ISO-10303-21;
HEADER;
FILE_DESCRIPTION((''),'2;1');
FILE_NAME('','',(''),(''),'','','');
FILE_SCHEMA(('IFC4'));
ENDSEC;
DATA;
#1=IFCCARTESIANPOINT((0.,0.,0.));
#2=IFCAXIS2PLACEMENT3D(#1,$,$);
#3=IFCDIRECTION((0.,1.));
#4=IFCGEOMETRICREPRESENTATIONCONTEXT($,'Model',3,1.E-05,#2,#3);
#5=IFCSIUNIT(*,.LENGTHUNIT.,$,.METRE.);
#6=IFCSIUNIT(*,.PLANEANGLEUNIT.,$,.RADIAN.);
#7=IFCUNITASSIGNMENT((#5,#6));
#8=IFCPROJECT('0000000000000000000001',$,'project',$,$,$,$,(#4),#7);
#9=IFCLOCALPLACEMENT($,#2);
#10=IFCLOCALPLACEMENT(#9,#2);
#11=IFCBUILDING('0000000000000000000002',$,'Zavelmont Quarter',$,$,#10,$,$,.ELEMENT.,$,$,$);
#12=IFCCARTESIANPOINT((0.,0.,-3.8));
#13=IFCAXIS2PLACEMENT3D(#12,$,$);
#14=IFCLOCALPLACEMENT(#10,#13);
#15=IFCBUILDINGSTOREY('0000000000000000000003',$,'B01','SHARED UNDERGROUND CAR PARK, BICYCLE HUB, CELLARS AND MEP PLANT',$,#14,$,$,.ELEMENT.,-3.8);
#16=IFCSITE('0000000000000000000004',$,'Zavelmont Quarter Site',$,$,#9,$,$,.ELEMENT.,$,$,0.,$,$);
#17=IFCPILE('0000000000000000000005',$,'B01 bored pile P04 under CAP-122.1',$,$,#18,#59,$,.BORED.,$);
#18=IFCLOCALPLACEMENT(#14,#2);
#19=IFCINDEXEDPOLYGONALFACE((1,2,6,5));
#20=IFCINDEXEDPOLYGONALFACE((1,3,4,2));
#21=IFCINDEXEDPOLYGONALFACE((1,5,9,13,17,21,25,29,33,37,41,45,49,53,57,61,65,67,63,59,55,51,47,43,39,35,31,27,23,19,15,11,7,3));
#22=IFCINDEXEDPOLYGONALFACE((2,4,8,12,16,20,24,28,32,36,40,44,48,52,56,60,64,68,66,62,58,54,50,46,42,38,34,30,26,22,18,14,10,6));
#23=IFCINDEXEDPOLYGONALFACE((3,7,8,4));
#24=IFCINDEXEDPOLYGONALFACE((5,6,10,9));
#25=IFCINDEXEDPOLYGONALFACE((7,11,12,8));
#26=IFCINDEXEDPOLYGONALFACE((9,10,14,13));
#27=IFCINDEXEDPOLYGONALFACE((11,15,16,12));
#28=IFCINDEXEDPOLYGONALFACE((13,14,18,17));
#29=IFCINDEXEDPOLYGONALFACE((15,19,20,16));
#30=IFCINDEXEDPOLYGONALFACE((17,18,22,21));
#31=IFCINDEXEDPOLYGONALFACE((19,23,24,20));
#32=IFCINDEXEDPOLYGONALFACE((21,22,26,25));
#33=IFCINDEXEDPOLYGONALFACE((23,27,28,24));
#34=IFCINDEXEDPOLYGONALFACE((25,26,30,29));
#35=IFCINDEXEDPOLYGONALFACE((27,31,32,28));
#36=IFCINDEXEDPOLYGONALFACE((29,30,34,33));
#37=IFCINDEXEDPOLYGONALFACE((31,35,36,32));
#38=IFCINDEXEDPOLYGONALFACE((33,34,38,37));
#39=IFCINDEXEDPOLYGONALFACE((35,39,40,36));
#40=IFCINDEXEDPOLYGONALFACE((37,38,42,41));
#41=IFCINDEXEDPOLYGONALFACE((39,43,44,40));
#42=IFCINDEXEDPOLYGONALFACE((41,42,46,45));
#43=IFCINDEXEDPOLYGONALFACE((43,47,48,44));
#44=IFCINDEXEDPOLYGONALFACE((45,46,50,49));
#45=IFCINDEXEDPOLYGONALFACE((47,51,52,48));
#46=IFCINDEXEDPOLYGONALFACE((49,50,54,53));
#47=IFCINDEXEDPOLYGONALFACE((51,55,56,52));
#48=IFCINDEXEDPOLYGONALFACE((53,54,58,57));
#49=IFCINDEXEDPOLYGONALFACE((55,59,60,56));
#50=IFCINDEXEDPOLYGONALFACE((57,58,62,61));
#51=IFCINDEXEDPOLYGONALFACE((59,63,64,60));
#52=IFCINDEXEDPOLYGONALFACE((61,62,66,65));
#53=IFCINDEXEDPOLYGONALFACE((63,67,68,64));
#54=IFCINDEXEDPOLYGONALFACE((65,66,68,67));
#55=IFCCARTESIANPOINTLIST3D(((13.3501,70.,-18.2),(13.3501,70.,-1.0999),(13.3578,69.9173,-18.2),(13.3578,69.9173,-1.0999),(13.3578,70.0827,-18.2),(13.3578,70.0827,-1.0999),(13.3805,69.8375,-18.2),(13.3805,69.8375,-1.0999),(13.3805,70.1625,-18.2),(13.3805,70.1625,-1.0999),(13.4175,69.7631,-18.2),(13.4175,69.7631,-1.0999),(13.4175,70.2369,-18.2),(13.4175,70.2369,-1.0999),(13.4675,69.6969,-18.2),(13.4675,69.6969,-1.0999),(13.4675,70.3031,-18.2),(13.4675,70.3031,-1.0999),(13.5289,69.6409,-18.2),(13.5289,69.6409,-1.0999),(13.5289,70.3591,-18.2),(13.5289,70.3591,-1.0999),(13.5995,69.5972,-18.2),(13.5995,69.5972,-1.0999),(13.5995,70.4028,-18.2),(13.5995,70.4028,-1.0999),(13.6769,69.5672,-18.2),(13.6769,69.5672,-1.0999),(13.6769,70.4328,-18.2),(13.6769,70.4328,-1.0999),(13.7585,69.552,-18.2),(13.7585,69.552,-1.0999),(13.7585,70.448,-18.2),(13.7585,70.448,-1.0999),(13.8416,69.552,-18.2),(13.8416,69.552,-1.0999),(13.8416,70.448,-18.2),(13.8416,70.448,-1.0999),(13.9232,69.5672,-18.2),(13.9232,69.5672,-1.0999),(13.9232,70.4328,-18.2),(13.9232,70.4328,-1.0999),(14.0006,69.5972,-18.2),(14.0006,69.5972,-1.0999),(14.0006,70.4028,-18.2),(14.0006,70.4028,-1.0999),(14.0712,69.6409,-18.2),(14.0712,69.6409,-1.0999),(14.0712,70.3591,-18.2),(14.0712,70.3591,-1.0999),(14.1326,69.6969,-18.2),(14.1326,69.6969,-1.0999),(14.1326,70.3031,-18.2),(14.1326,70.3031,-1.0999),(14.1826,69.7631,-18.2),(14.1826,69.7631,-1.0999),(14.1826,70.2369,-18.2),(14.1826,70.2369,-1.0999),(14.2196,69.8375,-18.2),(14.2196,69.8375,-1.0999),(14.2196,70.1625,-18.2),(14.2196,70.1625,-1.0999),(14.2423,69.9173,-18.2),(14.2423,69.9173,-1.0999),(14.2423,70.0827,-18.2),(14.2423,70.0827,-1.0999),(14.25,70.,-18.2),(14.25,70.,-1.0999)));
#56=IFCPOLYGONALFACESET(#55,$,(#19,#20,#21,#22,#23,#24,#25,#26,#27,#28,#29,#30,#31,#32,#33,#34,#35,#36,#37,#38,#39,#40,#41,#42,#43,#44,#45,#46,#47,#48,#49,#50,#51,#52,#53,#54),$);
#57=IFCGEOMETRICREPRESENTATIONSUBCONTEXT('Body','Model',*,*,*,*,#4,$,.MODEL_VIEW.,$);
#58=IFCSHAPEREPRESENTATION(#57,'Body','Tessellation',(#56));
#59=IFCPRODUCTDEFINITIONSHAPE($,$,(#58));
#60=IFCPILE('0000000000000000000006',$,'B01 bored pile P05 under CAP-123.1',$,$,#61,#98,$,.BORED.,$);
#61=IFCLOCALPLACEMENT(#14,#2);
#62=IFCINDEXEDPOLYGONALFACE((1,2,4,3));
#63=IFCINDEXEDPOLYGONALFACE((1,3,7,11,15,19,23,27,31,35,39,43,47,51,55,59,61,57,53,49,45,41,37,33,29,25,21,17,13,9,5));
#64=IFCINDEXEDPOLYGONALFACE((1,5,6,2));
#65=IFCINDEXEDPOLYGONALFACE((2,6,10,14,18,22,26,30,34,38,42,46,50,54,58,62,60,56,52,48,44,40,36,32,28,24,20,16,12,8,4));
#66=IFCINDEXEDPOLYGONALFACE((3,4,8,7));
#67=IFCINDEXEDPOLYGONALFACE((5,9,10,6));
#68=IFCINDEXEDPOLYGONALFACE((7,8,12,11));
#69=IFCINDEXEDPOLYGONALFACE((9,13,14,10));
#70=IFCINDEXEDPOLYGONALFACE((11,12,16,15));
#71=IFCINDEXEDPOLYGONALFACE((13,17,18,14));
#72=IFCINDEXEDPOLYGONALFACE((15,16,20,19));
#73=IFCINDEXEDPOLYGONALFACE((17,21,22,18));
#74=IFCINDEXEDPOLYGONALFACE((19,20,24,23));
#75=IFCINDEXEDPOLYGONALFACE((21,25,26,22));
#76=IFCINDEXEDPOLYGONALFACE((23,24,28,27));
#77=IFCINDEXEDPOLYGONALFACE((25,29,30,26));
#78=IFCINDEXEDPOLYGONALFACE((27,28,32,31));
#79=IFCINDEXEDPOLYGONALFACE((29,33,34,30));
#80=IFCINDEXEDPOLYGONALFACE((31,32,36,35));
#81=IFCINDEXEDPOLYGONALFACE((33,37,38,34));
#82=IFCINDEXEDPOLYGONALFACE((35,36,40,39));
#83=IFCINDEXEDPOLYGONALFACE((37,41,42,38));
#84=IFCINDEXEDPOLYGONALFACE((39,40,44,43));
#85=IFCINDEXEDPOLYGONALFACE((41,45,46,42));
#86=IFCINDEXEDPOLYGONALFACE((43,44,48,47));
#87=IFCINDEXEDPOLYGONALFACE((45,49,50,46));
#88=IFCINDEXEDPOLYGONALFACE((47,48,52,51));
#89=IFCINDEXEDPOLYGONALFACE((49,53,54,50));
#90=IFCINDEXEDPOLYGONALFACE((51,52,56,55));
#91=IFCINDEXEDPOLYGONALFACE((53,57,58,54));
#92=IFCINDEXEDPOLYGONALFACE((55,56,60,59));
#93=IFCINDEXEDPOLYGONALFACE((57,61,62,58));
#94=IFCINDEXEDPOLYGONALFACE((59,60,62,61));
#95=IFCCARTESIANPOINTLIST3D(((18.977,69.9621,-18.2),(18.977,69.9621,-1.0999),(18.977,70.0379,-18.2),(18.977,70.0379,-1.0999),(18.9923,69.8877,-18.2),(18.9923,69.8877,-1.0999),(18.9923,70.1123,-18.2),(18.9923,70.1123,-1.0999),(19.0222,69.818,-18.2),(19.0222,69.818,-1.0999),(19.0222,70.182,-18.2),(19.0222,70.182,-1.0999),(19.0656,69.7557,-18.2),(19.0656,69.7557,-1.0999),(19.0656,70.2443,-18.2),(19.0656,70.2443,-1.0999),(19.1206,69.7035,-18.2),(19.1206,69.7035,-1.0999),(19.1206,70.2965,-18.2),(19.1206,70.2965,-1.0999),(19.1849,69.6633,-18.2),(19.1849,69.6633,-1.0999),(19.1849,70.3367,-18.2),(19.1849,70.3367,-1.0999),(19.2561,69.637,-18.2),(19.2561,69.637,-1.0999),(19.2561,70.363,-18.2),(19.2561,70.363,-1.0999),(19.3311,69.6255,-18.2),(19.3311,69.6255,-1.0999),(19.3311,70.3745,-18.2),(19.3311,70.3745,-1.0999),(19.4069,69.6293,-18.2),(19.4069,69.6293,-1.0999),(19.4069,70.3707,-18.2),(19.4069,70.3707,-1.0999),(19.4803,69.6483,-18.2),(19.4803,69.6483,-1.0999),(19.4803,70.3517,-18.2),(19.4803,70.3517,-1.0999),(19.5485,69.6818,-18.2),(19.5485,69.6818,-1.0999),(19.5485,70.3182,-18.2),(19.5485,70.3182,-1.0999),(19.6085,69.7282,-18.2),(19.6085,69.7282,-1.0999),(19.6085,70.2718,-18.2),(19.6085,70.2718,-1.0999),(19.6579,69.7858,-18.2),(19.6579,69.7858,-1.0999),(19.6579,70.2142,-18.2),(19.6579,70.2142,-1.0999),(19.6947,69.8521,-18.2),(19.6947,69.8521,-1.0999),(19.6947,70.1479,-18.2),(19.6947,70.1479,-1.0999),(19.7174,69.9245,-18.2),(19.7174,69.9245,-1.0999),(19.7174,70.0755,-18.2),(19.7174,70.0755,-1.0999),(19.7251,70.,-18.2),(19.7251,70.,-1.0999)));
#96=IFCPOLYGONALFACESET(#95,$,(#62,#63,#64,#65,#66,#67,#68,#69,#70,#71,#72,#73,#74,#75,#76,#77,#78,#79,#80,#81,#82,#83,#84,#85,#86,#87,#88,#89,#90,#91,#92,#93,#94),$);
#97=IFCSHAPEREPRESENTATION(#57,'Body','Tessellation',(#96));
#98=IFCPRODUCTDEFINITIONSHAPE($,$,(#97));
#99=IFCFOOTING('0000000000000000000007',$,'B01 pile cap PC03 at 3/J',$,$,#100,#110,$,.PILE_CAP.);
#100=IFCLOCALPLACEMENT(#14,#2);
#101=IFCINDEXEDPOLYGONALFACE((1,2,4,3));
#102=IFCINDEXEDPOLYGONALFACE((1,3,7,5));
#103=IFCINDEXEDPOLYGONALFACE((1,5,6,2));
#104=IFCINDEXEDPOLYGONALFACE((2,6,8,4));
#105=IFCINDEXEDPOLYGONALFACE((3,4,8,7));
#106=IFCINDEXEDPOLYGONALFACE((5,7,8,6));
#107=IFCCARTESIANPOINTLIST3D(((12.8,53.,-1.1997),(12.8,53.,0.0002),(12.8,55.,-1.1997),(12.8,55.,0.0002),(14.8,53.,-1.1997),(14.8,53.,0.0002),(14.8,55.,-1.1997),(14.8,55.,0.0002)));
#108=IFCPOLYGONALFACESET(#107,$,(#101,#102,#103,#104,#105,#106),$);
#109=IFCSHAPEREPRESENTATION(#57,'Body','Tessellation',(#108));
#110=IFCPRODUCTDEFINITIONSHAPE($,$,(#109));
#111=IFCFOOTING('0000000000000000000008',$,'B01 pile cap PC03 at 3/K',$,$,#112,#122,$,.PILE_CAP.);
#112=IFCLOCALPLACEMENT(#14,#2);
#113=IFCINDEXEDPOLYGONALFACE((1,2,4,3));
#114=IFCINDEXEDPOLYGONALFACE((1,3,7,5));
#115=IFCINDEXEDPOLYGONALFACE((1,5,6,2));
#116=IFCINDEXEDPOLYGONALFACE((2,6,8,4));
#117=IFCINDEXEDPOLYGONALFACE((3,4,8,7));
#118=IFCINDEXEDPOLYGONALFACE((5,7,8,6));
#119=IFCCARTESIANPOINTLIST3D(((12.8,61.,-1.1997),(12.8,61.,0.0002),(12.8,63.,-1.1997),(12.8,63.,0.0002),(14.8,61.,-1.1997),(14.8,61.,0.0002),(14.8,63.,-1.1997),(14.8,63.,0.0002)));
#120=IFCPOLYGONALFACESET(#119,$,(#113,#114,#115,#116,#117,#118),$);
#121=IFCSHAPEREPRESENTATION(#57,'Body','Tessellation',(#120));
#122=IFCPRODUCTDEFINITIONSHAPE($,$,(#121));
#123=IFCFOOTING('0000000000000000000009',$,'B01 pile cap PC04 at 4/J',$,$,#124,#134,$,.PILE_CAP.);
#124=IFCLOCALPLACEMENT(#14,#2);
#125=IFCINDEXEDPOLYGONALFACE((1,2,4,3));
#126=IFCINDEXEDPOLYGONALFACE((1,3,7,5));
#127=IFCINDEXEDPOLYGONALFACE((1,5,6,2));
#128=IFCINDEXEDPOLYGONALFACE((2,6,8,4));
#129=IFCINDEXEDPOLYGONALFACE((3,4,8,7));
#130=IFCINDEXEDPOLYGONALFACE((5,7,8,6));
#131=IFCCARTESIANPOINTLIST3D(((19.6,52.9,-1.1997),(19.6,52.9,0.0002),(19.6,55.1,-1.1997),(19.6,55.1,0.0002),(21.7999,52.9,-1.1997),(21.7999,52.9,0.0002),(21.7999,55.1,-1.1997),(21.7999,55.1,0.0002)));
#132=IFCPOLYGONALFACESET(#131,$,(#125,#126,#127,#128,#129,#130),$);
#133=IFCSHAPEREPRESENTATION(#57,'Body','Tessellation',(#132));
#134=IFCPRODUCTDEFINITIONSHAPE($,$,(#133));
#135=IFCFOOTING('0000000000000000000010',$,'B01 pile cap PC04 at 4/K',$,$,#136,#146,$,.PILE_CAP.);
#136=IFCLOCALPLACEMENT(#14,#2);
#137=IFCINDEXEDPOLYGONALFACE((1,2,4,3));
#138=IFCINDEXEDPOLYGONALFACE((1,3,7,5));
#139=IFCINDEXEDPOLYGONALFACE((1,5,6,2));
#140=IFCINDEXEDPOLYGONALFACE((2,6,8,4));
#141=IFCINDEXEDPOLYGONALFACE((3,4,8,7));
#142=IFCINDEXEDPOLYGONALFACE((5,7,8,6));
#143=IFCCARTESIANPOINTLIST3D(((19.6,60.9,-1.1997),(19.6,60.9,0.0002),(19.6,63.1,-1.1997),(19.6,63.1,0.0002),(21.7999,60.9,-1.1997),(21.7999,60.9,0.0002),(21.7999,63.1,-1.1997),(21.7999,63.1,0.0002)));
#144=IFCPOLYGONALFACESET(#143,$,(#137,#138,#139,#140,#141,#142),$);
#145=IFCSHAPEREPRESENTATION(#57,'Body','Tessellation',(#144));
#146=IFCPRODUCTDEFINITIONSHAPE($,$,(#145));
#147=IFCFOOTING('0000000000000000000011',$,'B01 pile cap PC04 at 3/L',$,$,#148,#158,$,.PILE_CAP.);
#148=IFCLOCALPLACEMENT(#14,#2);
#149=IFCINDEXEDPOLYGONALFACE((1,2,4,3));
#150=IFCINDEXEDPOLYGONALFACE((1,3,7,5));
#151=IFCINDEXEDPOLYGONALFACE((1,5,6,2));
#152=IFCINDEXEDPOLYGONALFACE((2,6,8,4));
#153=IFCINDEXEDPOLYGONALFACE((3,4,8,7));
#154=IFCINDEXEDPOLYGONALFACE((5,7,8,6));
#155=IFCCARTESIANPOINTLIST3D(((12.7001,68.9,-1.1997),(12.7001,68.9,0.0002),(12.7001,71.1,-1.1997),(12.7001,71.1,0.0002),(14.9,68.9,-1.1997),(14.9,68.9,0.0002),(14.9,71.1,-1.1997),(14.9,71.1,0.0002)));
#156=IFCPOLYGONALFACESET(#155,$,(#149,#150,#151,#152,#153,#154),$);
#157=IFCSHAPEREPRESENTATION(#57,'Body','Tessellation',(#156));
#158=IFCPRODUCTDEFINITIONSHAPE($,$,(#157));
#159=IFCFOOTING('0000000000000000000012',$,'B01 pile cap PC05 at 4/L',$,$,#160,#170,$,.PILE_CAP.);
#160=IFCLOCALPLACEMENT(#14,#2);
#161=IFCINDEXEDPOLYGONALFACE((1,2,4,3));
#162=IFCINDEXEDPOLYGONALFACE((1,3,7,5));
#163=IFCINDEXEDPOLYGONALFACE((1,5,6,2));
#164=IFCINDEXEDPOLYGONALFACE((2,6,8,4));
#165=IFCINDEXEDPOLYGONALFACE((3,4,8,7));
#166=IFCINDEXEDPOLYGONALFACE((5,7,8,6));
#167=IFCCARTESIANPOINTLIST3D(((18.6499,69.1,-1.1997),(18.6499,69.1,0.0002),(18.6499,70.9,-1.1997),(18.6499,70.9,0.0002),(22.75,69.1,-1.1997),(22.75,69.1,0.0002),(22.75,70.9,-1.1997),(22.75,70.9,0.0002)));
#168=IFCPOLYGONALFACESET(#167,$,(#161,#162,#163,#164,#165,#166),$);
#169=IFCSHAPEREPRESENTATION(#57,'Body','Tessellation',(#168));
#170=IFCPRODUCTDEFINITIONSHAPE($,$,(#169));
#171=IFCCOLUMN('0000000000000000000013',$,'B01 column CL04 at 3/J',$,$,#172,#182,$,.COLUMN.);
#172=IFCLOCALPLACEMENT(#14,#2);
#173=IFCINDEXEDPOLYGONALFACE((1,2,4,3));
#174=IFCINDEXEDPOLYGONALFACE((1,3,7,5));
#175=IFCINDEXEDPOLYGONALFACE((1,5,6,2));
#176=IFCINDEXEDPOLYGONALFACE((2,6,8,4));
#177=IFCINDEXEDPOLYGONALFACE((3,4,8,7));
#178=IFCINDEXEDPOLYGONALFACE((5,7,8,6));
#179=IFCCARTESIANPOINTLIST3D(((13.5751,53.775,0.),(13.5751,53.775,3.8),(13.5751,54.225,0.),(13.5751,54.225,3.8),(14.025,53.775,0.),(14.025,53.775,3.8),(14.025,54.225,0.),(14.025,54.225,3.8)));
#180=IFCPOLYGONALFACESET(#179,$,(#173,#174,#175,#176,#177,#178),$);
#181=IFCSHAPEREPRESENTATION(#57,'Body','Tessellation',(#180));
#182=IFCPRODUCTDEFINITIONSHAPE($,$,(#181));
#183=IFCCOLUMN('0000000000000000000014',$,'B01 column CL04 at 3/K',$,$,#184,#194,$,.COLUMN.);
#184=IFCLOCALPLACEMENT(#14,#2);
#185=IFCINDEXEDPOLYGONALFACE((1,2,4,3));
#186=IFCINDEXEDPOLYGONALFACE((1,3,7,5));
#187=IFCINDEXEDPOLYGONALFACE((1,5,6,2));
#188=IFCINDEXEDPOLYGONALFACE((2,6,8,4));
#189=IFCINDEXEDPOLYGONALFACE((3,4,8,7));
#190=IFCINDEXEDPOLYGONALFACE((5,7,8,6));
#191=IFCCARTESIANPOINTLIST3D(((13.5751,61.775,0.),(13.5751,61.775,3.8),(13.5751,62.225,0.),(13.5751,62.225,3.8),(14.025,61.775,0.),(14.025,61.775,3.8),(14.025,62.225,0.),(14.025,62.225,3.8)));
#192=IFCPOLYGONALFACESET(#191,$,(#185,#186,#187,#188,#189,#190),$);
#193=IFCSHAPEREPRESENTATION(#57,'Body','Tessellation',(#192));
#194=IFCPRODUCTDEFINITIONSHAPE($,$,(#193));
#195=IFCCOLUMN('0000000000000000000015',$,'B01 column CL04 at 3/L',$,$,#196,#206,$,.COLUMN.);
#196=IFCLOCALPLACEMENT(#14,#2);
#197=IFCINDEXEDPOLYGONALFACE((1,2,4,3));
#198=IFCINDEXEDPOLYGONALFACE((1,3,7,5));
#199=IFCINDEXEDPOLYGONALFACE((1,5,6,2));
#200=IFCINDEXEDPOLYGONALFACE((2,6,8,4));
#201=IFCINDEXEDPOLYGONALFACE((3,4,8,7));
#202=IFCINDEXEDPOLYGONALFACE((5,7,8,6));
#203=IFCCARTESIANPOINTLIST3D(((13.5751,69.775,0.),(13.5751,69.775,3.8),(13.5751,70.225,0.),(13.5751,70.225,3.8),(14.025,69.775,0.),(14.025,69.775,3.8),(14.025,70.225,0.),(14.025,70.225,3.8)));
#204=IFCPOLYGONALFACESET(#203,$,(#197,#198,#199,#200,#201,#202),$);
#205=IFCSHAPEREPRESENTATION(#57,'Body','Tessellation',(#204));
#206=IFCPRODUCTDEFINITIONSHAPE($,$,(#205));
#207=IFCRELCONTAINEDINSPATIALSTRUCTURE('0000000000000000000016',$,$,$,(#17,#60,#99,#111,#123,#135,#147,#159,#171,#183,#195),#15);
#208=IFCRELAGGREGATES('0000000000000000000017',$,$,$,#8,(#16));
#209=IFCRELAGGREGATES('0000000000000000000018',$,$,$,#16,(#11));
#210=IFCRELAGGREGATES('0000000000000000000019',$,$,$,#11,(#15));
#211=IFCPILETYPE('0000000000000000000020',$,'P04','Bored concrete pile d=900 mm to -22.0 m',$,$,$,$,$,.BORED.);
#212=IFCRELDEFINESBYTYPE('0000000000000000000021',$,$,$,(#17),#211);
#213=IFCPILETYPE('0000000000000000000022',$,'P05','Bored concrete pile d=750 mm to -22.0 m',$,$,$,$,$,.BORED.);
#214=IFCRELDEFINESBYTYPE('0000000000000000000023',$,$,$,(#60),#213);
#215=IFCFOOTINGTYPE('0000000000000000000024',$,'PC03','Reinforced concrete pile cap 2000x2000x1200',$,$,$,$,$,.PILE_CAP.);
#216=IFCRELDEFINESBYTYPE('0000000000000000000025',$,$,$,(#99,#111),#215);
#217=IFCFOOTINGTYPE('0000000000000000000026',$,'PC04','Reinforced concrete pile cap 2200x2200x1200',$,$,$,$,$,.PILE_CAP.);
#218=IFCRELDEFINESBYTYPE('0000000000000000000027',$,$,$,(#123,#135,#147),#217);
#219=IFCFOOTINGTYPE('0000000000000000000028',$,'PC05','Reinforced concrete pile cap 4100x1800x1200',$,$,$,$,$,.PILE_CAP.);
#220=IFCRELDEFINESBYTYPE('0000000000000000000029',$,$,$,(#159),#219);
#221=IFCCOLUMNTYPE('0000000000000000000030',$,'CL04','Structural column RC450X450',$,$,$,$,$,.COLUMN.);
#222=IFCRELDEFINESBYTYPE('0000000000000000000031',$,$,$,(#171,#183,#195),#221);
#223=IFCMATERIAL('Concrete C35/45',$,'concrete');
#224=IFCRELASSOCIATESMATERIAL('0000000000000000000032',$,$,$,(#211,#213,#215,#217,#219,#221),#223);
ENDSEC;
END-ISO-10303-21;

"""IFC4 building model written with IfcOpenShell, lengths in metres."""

from ifc_helpers import new_model, si_unit, direction, frame, origin, origin_2d, place, context, subcontext, project, spatial, rectangle, circle, extrude, material, material_profile, profile_set, type_object, element, save


model = new_model("IFC4")

# Units and contexts
model_context = context("Model", 3, precision=1e-05, world=origin(), true_north=direction((0.0, 1.0)))
body_context = subcontext(model_context, "Body", "Model", "MODEL_VIEW")
ifc_project = project(units=[si_unit("LENGTHUNIT", "METRE"), si_unit("PLANEANGLEUNIT", "RADIAN")], contexts=[model_context])

# Site, building, storey
site_placement = place(None, origin())
site = spatial("IfcSite", under=ifc_project, at=site_placement, Name="Zavelmont Quarter Site", CompositionType="ELEMENT", RefElevation=0.0)
building_placement = place(site_placement, origin())
building = spatial("IfcBuilding", under=site, at=building_placement, Name="Zavelmont Quarter", CompositionType="ELEMENT")
storey_placement = place(building_placement, frame((0.0, 0.0, -3.8)))
storey = spatial("IfcBuildingStorey", under=building, at=storey_placement, Name="B01", Description="SHARED UNDERGROUND CAR PARK, BICYCLE HUB, CELLARS AND MEP PLANT", CompositionType="ELEMENT", Elevation=-3.8)

# Shared definitions
ifc_material = material(Name="Concrete C35/45", Category="concrete")

# Piles
ifc_material_profile_1 = material_profile(ifc_material, circle(Radius=0.45, at=origin_2d()), Name="BP900")
ifc_profile_set_1 = profile_set([ifc_material_profile_1], Name="Concrete C35/45")
pile_type_1 = type_object("IfcPileType", Name="P04", Description="Bored concrete pile d=900 mm to -22.0 m", PredefinedType="BORED", material=ifc_profile_set_1)
for number, where, z_axis, x_axis, name in (
    (1, (13.8, 70.0, -1.0999), (0.0, 0.0, -1.0), (1.0, 0.0, 0.0), "B01 bored pile P04 under CAP-122.1"),
):
    element("IfcPile", number, at=place(storey_placement, frame(where, z_axis=z_axis, x_axis=x_axis)), inside=storey, type_object=pile_type_1, Name=name, PredefinedType="BORED", context=body_context, shape_type="SweptSolid", body=[
        extrude(circle(Radius=0.45, at=origin_2d()), origin(), (0.0, 0.0, 1.0), 17.1001),
    ])
ifc_material_profile_2 = material_profile(ifc_material, circle(Radius=0.375, at=origin_2d()), Name="BP750")
ifc_profile_set_2 = profile_set([ifc_material_profile_2], Name="Concrete C35/45")
pile_type_2 = type_object("IfcPileType", Name="P05", Description="Bored concrete pile d=750 mm to -22.0 m", PredefinedType="BORED", material=ifc_profile_set_2)
pile_placement = place(storey_placement, frame((19.3501, 70.0, -1.0999), z_axis=(0.0, 0.0, -1.0), x_axis=(1.0, 0.0, 0.0)))
element("IfcPile", 2, at=pile_placement, inside=storey, type_object=pile_type_2, Name="B01 bored pile P05 under CAP-123.1", PredefinedType="BORED", context=body_context, shape_type="SweptSolid", body=[
    extrude(circle(Radius=0.375, at=origin_2d()), origin(), (0.0, 0.0, 1.0), 17.1001),
])

# Footings
footing_type_1 = type_object("IfcFootingType", Name="PC03", Description="Reinforced concrete pile cap 2000x2000x1200", PredefinedType="PILE_CAP", material=ifc_material)
for number, where, z_axis, x_axis, name in (
    (3, (13.8, 54.0, -1.1997), (0.0, 0.0, 1.0), (1.0, 0.0, 0.0), "B01 pile cap PC03 at 3/J"),
    (4, (13.8, 62.0, -1.1997), (0.0, 0.0, 1.0), (1.0, 0.0, 0.0), "B01 pile cap PC03 at 3/K"),
):
    element("IfcFooting", number, at=place(storey_placement, frame(where, z_axis=z_axis, x_axis=x_axis)), inside=storey, type_object=footing_type_1, Name=name, PredefinedType="PILE_CAP", context=body_context, shape_type="SweptSolid", body=[
        extrude(rectangle(XDim=2.0, YDim=2.0, at=origin_2d()), origin(), (0.0, 0.0, 1.0), 1.2),
    ])
footing_type_2 = type_object("IfcFootingType", Name="PC04", Description="Reinforced concrete pile cap 2200x2200x1200", PredefinedType="PILE_CAP", material=ifc_material)
for number, where, z_axis, x_axis, name in (
    (5, (20.7, 54.0, -1.1997), (0.0, 0.0, 1.0), (1.0, 0.0, 0.0), "B01 pile cap PC04 at 4/J"),
    (6, (20.7, 62.0, -1.1997), (0.0, 0.0, 1.0), (1.0, 0.0, 0.0), "B01 pile cap PC04 at 4/K"),
    (7, (13.8, 70.0, -1.1997), (0.0, 0.0, 1.0), (1.0, 0.0, 0.0), "B01 pile cap PC04 at 3/L"),
):
    element("IfcFooting", number, at=place(storey_placement, frame(where, z_axis=z_axis, x_axis=x_axis)), inside=storey, type_object=footing_type_2, Name=name, PredefinedType="PILE_CAP", context=body_context, shape_type="SweptSolid", body=[
        extrude(rectangle(XDim=2.2, YDim=2.2, at=origin_2d()), origin(), (0.0, 0.0, 1.0), 1.2),
    ])
footing_type_3 = type_object("IfcFootingType", Name="PC05", Description="Reinforced concrete pile cap 4100x1800x1200", PredefinedType="PILE_CAP", material=ifc_material)
footing_1_placement = place(storey_placement, frame((20.7, 70.0, -1.1997), z_axis=(0.0, 0.0, 1.0), x_axis=(1.0, 0.0, 0.0)))
element("IfcFooting", 8, at=footing_1_placement, inside=storey, type_object=footing_type_3, Name="B01 pile cap PC05 at 4/L", PredefinedType="PILE_CAP", context=body_context, shape_type="SweptSolid", body=[
    extrude(rectangle(XDim=4.1001, YDim=1.8, at=origin_2d()), origin(), (0.0, 0.0, 1.0), 1.2),
])

# Columns
ifc_material_profile_3 = material_profile(ifc_material, rectangle(XDim=0.45, YDim=0.45, at=origin_2d()), Name="RC450X450")
ifc_profile_set_3 = profile_set([ifc_material_profile_3], Name="Concrete C35/45")
column_type = type_object("IfcColumnType", Name="CL04", Description="Structural column RC450X450", PredefinedType="COLUMN", material=ifc_profile_set_3)
for number, where, z_axis, x_axis, name in (
    (9, (13.8, 54.0, 0.0), (0.0, 0.0, 1.0), (1.0, 0.0, 0.0), "B01 column CL04 at 3/J"),
    (10, (13.8, 62.0, 0.0), (0.0, 0.0, 1.0), (1.0, 0.0, 0.0), "B01 column CL04 at 3/K"),
    (11, (13.8, 70.0, 0.0), (0.0, 0.0, 1.0), (1.0, 0.0, 0.0), "B01 column CL04 at 3/L"),
):
    element("IfcColumn", number, at=place(storey_placement, frame(where, z_axis=z_axis, x_axis=x_axis)), inside=storey, type_object=column_type, Name=name, PredefinedType="COLUMN", context=body_context, shape_type="SweptSolid", body=[
        extrude(rectangle(XDim=0.45, YDim=0.45, at=origin_2d()), origin(), (0.0, 0.0, 1.0), 3.8),
    ])

save(model, "model.ifc")
